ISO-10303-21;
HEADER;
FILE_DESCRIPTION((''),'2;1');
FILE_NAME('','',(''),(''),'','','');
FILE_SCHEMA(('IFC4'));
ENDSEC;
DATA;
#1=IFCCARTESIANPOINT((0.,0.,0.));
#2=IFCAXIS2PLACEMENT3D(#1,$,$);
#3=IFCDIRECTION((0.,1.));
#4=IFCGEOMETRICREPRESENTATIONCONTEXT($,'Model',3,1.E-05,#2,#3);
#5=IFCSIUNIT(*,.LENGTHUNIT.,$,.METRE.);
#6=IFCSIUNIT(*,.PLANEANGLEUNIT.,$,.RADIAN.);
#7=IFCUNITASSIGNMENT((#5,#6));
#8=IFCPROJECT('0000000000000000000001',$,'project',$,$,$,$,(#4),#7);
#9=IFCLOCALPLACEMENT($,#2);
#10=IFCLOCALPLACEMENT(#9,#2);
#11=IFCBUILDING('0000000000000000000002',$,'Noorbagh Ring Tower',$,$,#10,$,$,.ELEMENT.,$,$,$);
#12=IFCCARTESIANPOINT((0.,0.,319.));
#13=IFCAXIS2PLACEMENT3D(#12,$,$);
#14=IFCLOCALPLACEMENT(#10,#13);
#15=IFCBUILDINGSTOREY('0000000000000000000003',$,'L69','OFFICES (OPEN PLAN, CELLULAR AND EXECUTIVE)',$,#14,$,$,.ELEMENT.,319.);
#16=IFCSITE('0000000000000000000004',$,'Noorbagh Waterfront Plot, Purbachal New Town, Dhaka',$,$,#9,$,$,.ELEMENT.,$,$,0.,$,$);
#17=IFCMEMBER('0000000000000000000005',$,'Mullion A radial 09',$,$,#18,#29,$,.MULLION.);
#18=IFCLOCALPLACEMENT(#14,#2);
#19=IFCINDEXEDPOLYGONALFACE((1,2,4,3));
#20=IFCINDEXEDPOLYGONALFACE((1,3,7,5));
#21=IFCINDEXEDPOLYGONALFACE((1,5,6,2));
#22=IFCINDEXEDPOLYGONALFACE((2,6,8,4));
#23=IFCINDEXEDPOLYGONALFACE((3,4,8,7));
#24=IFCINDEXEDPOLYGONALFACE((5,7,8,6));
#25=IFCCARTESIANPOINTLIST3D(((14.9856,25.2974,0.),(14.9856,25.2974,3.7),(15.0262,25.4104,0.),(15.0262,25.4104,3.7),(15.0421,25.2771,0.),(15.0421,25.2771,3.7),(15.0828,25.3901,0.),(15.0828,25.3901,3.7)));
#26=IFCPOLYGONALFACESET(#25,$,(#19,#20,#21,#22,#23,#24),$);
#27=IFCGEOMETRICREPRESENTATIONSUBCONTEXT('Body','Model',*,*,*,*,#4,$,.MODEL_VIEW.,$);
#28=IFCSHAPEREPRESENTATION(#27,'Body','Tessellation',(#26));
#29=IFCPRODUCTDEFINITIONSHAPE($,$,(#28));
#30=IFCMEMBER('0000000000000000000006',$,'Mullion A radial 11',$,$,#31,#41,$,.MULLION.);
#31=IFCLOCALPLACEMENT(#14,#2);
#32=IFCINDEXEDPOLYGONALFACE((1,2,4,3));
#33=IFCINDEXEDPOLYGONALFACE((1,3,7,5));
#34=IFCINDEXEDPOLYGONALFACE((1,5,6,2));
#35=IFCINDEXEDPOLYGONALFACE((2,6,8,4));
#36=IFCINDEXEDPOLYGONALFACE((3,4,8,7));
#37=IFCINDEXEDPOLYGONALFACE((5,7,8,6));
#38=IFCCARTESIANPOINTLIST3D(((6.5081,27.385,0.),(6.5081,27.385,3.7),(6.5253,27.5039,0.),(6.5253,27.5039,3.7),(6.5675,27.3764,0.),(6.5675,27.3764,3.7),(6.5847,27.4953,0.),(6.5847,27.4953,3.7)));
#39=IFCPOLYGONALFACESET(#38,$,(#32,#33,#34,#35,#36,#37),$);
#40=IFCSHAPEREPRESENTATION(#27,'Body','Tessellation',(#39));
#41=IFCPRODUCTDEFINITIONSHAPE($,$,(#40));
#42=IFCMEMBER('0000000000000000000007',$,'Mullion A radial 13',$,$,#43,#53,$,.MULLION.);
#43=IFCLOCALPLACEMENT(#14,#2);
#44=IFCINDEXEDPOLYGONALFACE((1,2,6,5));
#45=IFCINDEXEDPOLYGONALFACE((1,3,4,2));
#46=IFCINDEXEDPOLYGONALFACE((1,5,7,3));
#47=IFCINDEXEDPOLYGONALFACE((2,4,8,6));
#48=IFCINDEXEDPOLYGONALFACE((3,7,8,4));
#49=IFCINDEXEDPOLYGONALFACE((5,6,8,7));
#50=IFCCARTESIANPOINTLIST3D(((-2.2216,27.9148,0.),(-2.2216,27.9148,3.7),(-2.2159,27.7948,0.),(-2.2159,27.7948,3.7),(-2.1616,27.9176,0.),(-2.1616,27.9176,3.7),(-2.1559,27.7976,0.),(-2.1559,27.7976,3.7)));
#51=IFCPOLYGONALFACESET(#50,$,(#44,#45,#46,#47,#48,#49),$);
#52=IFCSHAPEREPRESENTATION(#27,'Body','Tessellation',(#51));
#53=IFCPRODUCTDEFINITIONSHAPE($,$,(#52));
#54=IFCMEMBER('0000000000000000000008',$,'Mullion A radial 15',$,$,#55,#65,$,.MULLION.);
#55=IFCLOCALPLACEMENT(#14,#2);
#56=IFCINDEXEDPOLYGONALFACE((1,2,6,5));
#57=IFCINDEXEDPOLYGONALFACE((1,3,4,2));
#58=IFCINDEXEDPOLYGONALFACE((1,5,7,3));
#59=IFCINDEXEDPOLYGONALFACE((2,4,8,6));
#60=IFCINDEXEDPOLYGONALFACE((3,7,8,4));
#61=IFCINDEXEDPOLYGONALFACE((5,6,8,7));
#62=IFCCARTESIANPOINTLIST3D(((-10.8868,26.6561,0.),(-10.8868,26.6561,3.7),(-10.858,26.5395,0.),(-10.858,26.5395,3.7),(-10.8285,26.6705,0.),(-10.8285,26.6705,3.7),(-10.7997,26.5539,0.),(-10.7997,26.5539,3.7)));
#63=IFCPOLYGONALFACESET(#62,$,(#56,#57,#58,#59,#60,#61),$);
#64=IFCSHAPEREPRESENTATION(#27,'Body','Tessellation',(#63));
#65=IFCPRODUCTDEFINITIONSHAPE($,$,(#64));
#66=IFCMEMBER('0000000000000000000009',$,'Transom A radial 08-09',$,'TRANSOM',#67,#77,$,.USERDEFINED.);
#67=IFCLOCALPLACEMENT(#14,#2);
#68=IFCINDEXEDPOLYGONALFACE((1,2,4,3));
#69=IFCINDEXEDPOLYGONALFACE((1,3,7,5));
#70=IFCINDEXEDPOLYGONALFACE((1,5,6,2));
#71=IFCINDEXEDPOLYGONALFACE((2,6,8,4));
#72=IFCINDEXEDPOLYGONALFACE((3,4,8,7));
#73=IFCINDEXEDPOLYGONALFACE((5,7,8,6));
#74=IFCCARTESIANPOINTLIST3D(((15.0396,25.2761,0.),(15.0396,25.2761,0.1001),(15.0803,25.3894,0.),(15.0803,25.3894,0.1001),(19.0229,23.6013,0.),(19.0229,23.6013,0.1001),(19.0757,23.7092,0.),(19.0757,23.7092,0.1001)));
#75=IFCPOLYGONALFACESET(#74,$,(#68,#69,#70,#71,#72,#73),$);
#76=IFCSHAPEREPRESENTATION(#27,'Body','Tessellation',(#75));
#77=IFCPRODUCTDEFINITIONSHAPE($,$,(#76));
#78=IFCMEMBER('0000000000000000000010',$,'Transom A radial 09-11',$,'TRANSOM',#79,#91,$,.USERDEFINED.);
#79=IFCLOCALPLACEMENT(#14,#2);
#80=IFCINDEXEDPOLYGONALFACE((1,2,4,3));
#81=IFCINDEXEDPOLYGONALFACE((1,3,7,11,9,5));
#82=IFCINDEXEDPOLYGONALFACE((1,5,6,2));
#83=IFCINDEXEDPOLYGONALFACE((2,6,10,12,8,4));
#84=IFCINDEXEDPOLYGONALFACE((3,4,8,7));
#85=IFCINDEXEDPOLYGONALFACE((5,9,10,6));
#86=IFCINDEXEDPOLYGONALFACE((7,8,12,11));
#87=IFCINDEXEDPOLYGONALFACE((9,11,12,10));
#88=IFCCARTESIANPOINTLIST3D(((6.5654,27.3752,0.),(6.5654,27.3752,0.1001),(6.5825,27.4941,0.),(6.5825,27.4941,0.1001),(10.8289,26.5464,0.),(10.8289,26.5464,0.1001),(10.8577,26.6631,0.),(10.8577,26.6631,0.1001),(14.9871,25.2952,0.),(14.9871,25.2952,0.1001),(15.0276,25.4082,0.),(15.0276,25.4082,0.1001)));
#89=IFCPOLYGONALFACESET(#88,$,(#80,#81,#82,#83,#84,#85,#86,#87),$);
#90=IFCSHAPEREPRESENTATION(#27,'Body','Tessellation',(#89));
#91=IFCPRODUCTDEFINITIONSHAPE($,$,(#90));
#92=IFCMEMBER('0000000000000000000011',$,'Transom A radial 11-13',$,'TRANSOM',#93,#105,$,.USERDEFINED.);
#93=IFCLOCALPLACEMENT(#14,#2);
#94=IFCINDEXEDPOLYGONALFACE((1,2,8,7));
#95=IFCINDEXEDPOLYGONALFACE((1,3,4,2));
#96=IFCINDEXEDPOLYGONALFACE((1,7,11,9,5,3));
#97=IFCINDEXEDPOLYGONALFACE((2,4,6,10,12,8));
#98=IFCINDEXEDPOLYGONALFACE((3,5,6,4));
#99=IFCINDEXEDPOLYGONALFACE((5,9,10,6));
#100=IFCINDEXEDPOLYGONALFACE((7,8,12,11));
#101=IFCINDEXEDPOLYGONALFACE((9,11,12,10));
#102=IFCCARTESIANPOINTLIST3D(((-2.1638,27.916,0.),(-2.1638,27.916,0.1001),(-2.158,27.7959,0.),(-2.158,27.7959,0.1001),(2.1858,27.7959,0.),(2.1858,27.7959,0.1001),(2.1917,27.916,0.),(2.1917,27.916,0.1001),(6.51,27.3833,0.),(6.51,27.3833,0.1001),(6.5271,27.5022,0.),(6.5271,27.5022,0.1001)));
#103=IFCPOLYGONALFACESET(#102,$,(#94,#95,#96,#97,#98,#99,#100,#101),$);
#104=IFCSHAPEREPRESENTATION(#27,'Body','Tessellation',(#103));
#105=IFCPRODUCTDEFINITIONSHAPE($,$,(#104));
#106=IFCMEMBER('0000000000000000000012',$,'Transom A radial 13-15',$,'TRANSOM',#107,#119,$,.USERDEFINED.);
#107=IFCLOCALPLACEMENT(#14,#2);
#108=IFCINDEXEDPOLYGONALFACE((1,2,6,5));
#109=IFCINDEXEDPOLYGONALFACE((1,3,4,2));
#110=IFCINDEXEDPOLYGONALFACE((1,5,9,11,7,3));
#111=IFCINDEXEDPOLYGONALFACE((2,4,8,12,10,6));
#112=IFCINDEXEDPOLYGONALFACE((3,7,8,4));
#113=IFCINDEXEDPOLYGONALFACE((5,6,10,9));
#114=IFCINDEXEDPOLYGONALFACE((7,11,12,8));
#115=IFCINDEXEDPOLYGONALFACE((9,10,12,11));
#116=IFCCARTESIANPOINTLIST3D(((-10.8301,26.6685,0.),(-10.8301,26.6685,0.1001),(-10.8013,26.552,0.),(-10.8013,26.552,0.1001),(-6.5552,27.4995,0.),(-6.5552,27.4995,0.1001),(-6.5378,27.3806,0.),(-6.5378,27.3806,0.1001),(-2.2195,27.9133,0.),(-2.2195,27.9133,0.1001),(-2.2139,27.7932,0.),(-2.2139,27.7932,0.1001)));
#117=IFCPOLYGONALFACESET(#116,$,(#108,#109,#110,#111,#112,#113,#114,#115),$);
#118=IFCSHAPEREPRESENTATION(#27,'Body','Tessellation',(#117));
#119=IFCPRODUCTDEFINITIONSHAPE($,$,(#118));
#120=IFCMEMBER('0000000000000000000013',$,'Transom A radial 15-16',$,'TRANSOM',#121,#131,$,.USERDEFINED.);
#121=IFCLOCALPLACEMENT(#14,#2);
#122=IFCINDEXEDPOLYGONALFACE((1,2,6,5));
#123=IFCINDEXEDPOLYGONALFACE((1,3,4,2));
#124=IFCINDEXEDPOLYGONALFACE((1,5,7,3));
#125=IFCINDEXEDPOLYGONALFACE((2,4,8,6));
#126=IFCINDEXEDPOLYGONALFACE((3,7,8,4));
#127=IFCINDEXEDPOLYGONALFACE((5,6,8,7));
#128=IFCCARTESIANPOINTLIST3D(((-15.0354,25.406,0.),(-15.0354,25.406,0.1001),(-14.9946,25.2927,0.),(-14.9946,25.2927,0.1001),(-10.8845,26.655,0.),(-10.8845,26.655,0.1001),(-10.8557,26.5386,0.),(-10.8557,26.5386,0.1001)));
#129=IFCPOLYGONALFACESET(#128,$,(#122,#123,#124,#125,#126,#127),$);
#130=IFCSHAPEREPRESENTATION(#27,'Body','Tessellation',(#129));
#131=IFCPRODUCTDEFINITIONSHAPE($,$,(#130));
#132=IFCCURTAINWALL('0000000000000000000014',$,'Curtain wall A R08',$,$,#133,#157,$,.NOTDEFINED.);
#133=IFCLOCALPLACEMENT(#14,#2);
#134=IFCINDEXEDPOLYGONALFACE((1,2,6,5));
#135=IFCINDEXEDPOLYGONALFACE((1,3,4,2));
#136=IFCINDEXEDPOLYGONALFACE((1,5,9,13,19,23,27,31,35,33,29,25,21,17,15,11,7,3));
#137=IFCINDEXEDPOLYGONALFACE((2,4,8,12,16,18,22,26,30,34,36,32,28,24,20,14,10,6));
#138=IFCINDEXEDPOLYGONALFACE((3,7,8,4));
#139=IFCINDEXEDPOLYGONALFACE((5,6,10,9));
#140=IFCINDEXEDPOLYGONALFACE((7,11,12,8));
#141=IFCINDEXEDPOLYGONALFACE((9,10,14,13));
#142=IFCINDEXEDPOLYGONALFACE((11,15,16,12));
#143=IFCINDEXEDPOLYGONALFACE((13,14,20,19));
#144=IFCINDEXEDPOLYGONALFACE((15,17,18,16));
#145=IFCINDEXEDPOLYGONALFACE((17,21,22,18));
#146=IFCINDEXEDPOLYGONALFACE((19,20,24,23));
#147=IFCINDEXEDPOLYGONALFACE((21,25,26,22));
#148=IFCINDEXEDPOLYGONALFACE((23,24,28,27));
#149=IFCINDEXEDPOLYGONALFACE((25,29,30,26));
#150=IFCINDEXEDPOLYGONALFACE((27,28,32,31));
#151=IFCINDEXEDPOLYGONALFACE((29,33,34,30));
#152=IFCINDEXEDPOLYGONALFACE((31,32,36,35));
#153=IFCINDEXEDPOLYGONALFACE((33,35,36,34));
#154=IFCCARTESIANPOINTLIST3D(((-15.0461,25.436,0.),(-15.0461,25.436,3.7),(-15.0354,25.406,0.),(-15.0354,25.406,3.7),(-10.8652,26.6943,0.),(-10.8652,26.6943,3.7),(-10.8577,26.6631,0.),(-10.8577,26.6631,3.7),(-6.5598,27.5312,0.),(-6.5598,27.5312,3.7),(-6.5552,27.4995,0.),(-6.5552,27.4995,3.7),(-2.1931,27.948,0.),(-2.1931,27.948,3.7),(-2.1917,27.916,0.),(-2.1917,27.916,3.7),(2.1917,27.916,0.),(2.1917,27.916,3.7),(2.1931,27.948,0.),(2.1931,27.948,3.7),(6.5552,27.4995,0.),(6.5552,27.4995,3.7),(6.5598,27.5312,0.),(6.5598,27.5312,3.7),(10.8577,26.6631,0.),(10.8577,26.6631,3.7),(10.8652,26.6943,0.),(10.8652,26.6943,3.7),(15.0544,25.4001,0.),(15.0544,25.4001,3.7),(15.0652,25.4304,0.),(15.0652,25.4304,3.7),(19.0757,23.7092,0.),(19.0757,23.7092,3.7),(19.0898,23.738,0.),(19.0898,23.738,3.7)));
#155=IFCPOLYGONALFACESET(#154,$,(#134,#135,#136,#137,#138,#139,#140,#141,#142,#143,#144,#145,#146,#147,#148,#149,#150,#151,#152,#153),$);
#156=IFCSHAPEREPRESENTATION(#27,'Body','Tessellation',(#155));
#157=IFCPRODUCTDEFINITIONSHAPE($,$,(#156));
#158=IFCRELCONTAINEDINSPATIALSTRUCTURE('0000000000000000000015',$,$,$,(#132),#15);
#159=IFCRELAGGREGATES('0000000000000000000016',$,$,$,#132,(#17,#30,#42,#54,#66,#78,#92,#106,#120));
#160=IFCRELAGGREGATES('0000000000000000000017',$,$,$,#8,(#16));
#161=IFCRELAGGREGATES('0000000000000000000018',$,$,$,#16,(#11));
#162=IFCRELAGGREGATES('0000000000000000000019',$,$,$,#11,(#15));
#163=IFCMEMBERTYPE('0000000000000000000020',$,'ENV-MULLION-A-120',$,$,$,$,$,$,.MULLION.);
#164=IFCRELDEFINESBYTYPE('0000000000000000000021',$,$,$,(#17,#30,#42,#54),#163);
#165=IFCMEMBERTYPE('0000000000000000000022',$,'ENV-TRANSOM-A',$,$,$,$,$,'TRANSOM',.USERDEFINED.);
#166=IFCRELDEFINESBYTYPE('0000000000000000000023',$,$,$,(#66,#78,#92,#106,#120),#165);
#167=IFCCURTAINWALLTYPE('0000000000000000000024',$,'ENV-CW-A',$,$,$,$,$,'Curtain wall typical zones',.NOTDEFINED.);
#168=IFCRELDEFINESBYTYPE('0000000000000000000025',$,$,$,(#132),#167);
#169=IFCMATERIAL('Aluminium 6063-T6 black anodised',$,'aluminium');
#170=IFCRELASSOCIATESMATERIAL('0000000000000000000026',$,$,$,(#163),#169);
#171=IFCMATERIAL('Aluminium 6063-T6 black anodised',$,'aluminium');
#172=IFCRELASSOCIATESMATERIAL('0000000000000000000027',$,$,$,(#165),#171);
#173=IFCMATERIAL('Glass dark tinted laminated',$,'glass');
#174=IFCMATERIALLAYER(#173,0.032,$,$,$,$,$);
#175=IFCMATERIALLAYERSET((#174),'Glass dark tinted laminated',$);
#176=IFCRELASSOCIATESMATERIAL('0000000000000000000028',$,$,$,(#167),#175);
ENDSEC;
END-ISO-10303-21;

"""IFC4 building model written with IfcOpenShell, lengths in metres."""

from ifc_helpers import new_model, si_unit, direction, frame, origin, origin_2d, place, context, subcontext, project, spatial, polyline, rectangle, outline, extrude, material, layer, layer_set, material_profile, profile_set, type_object, element, aggregate, save


model = new_model("IFC4")

# Units and contexts
model_context = context("Model", 3, precision=1e-05, world=origin(), true_north=direction((0.0, 1.0)))
body_context = subcontext(model_context, "Body", "Model", "MODEL_VIEW")
ifc_project = project(units=[si_unit("LENGTHUNIT", "METRE"), si_unit("PLANEANGLEUNIT", "RADIAN")], contexts=[model_context])

# Members
ifc_material_1 = material(Name="Aluminium 6063-T6 black anodised", Category="aluminium")
ifc_material_profile = material_profile(ifc_material_1, rectangle(XDim=0.1201, YDim=0.0601, at=origin_2d()), Name="120x60")
ifc_profile_set = profile_set([ifc_material_profile], Name="Aluminium 6063-T6 black anodised")
member_type_1 = type_object("IfcMemberType", Name="ENV-MULLION-A-120", PredefinedType="MULLION", material=ifc_profile_set)
site_placement = place(None, origin())
building_placement = place(site_placement, origin())
storey_placement = place(building_placement, frame((0.0, 0.0, 319.0)))
member_1_placement = place(storey_placement, frame((15.0342, 25.3438, 0.0), z_axis=(0.0, 0.0, 1.0), x_axis=(-0.338379, -0.94101, 0.0)))
member_1 = element("IfcMember", 1, at=member_1_placement, type_object=member_type_1, Name="Mullion A radial 09", PredefinedType="MULLION", context=body_context, shape_type="SweptSolid", body=[
    extrude(rectangle(XDim=0.1201, YDim=0.0601, at=origin_2d()), origin(), (0.0, 0.0, 1.0), 3.7),
])
member_2_placement = place(storey_placement, frame((6.5464, 27.4402, 0.0), z_axis=(0.0, 0.0, 1.0), x_axis=(-0.143082, -0.989711, 0.0)))
member_2 = element("IfcMember", 2, at=member_2_placement, type_object=member_type_1, Name="Mullion A radial 11", PredefinedType="MULLION", context=body_context, shape_type="SweptSolid", body=[
    extrude(rectangle(XDim=0.1201, YDim=0.0601, at=origin_2d()), origin(), (0.0, 0.0, 1.0), 3.7),
])
member_3_placement = place(storey_placement, frame((-2.1887, 27.8562, 0.0), z_axis=(0.0, 0.0, 1.0), x_axis=(0.047558, -0.998868, 0.0)))
member_3 = element("IfcMember", 3, at=member_3_placement, type_object=member_type_1, Name="Mullion A radial 13", PredefinedType="MULLION", context=body_context, shape_type="SweptSolid", body=[
    extrude(rectangle(XDim=0.1201, YDim=0.0601, at=origin_2d()), origin(), (0.0, 0.0, 1.0), 3.7),
])
member_4_placement = place(storey_placement, frame((-10.8433, 26.605, 0.0), z_axis=(0.0, 0.0, 1.0), x_axis=(0.239799, -0.970823, 0.0)))
member_4 = element("IfcMember", 4, at=member_4_placement, type_object=member_type_1, Name="Mullion A radial 15", PredefinedType="MULLION", context=body_context, shape_type="SweptSolid", body=[
    extrude(rectangle(XDim=0.1201, YDim=0.0601, at=origin_2d()), origin(), (0.0, 0.0, 1.0), 3.7),
])
ifc_material_2 = material(Name="Aluminium 6063-T6 black anodised", Category="aluminium")
member_type_2 = type_object("IfcMemberType", Name="ENV-TRANSOM-A", ElementType="TRANSOM", PredefinedType="USERDEFINED", material=ifc_material_2)
member_5_placement = place(storey_placement, origin())
member_5 = element("IfcMember", 5, at=member_5_placement, type_object=member_type_2, Name="Transom A radial 08-09", ObjectType="TRANSOM", PredefinedType="USERDEFINED", context=body_context, shape_type="SweptSolid", body=[
    extrude(outline(polyline([(19.0757, 23.7092), (15.0803, 25.3894), (15.0396, 25.2761), (19.0229, 23.6013), (19.0757, 23.7092)])), origin(), (0.0, 0.0, 1.0), 0.1001),
])
member_6_placement = place(storey_placement, origin())
member_6 = element("IfcMember", 6, at=member_6_placement, type_object=member_type_2, Name="Transom A radial 09-11", ObjectType="TRANSOM", PredefinedType="USERDEFINED", context=body_context, shape_type="SweptSolid", body=[
    extrude(outline(polyline([(15.0276, 25.4082), (10.8577, 26.6631), (6.5825, 27.4941), (6.5654, 27.3752), (10.8289, 26.5464), (14.9871, 25.2952), (15.0276, 25.4082)])), origin(), (0.0, 0.0, 1.0), 0.1001),
])
member_7_placement = place(storey_placement, origin())
member_7 = element("IfcMember", 7, at=member_7_placement, type_object=member_type_2, Name="Transom A radial 11-13", ObjectType="TRANSOM", PredefinedType="USERDEFINED", context=body_context, shape_type="SweptSolid", body=[
    extrude(outline(polyline([(6.5271, 27.5022), (2.1917, 27.916), (-2.1638, 27.916), (-2.158, 27.7959), (2.1858, 27.7959), (6.51, 27.3833), (6.5271, 27.5022)])), origin(), (0.0, 0.0, 1.0), 0.1001),
])
member_8_placement = place(storey_placement, origin())
member_8 = element("IfcMember", 8, at=member_8_placement, type_object=member_type_2, Name="Transom A radial 13-15", ObjectType="TRANSOM", PredefinedType="USERDEFINED", context=body_context, shape_type="SweptSolid", body=[
    extrude(outline(polyline([(-2.2195, 27.9133), (-6.5552, 27.4995), (-10.8301, 26.6685), (-10.8013, 26.552), (-6.5378, 27.3806), (-2.2139, 27.7932), (-2.2195, 27.9133)])), origin(), (0.0, 0.0, 1.0), 0.1001),
])
member_9_placement = place(storey_placement, origin())
member_9 = element("IfcMember", 9, at=member_9_placement, type_object=member_type_2, Name="Transom A radial 15-16", ObjectType="TRANSOM", PredefinedType="USERDEFINED", context=body_context, shape_type="SweptSolid", body=[
    extrude(outline(polyline([(-10.8845, 26.655), (-15.0354, 25.406), (-14.9946, 25.2927), (-10.8557, 26.5386), (-10.8845, 26.655)])), origin(), (0.0, 0.0, 1.0), 0.1001),
])

# Site, building, storey
site = spatial("IfcSite", under=ifc_project, at=site_placement, Name="Noorbagh Waterfront Plot, Purbachal New Town, Dhaka", CompositionType="ELEMENT", RefElevation=0.0)
building = spatial("IfcBuilding", under=site, at=building_placement, Name="Noorbagh Ring Tower", CompositionType="ELEMENT")
storey = spatial("IfcBuildingStorey", under=building, at=storey_placement, Name="L69", Description="OFFICES (OPEN PLAN, CELLULAR AND EXECUTIVE)", CompositionType="ELEMENT", Elevation=319.0)

# Curtain wall
ifc_material_3 = material(Name="Glass dark tinted laminated", Category="glass")
ifc_layer_1 = layer(ifc_material_3, 0.032)
ifc_layer_set_1 = layer_set([ifc_layer_1], Name="Glass dark tinted laminated")
curtain_wall_type = type_object("IfcCurtainWallType", Name="ENV-CW-A", ElementType="Curtain wall typical zones", PredefinedType="NOTDEFINED", material=ifc_layer_set_1)
curtain_wall_1_placement = place(storey_placement, origin())
curtain_wall_1 = element("IfcCurtainWall", 10, at=curtain_wall_1_placement, inside=storey, type_object=curtain_wall_type, Name="Curtain wall A R08", PredefinedType="NOTDEFINED", context=body_context, shape_type="SweptSolid", body=[
    extrude(outline(polyline([(19.0898, 23.738), (15.0652, 25.4304), (10.8652, 26.6943), (6.5598, 27.5312), (2.1931, 27.948), (-2.1931, 27.948), (-6.5598, 27.5312), (-10.8652, 26.6943), (-15.0461, 25.436), (-15.0354, 25.406), (-10.8577, 26.6631), (-6.5552, 27.4995), (-2.1917, 27.916), (2.1917, 27.916), (6.5552, 27.4995), (10.8577, 26.6631), (15.0544, 25.4001), (19.0757, 23.7092), (19.0898, 23.738)])), origin(), (0.0, 0.0, 1.0), 3.7),
])
aggregate(curtain_wall_1, [member_1, member_2, member_3, member_4, member_5, member_6, member_7, member_8, member_9])

save(model, "model.ifc")
